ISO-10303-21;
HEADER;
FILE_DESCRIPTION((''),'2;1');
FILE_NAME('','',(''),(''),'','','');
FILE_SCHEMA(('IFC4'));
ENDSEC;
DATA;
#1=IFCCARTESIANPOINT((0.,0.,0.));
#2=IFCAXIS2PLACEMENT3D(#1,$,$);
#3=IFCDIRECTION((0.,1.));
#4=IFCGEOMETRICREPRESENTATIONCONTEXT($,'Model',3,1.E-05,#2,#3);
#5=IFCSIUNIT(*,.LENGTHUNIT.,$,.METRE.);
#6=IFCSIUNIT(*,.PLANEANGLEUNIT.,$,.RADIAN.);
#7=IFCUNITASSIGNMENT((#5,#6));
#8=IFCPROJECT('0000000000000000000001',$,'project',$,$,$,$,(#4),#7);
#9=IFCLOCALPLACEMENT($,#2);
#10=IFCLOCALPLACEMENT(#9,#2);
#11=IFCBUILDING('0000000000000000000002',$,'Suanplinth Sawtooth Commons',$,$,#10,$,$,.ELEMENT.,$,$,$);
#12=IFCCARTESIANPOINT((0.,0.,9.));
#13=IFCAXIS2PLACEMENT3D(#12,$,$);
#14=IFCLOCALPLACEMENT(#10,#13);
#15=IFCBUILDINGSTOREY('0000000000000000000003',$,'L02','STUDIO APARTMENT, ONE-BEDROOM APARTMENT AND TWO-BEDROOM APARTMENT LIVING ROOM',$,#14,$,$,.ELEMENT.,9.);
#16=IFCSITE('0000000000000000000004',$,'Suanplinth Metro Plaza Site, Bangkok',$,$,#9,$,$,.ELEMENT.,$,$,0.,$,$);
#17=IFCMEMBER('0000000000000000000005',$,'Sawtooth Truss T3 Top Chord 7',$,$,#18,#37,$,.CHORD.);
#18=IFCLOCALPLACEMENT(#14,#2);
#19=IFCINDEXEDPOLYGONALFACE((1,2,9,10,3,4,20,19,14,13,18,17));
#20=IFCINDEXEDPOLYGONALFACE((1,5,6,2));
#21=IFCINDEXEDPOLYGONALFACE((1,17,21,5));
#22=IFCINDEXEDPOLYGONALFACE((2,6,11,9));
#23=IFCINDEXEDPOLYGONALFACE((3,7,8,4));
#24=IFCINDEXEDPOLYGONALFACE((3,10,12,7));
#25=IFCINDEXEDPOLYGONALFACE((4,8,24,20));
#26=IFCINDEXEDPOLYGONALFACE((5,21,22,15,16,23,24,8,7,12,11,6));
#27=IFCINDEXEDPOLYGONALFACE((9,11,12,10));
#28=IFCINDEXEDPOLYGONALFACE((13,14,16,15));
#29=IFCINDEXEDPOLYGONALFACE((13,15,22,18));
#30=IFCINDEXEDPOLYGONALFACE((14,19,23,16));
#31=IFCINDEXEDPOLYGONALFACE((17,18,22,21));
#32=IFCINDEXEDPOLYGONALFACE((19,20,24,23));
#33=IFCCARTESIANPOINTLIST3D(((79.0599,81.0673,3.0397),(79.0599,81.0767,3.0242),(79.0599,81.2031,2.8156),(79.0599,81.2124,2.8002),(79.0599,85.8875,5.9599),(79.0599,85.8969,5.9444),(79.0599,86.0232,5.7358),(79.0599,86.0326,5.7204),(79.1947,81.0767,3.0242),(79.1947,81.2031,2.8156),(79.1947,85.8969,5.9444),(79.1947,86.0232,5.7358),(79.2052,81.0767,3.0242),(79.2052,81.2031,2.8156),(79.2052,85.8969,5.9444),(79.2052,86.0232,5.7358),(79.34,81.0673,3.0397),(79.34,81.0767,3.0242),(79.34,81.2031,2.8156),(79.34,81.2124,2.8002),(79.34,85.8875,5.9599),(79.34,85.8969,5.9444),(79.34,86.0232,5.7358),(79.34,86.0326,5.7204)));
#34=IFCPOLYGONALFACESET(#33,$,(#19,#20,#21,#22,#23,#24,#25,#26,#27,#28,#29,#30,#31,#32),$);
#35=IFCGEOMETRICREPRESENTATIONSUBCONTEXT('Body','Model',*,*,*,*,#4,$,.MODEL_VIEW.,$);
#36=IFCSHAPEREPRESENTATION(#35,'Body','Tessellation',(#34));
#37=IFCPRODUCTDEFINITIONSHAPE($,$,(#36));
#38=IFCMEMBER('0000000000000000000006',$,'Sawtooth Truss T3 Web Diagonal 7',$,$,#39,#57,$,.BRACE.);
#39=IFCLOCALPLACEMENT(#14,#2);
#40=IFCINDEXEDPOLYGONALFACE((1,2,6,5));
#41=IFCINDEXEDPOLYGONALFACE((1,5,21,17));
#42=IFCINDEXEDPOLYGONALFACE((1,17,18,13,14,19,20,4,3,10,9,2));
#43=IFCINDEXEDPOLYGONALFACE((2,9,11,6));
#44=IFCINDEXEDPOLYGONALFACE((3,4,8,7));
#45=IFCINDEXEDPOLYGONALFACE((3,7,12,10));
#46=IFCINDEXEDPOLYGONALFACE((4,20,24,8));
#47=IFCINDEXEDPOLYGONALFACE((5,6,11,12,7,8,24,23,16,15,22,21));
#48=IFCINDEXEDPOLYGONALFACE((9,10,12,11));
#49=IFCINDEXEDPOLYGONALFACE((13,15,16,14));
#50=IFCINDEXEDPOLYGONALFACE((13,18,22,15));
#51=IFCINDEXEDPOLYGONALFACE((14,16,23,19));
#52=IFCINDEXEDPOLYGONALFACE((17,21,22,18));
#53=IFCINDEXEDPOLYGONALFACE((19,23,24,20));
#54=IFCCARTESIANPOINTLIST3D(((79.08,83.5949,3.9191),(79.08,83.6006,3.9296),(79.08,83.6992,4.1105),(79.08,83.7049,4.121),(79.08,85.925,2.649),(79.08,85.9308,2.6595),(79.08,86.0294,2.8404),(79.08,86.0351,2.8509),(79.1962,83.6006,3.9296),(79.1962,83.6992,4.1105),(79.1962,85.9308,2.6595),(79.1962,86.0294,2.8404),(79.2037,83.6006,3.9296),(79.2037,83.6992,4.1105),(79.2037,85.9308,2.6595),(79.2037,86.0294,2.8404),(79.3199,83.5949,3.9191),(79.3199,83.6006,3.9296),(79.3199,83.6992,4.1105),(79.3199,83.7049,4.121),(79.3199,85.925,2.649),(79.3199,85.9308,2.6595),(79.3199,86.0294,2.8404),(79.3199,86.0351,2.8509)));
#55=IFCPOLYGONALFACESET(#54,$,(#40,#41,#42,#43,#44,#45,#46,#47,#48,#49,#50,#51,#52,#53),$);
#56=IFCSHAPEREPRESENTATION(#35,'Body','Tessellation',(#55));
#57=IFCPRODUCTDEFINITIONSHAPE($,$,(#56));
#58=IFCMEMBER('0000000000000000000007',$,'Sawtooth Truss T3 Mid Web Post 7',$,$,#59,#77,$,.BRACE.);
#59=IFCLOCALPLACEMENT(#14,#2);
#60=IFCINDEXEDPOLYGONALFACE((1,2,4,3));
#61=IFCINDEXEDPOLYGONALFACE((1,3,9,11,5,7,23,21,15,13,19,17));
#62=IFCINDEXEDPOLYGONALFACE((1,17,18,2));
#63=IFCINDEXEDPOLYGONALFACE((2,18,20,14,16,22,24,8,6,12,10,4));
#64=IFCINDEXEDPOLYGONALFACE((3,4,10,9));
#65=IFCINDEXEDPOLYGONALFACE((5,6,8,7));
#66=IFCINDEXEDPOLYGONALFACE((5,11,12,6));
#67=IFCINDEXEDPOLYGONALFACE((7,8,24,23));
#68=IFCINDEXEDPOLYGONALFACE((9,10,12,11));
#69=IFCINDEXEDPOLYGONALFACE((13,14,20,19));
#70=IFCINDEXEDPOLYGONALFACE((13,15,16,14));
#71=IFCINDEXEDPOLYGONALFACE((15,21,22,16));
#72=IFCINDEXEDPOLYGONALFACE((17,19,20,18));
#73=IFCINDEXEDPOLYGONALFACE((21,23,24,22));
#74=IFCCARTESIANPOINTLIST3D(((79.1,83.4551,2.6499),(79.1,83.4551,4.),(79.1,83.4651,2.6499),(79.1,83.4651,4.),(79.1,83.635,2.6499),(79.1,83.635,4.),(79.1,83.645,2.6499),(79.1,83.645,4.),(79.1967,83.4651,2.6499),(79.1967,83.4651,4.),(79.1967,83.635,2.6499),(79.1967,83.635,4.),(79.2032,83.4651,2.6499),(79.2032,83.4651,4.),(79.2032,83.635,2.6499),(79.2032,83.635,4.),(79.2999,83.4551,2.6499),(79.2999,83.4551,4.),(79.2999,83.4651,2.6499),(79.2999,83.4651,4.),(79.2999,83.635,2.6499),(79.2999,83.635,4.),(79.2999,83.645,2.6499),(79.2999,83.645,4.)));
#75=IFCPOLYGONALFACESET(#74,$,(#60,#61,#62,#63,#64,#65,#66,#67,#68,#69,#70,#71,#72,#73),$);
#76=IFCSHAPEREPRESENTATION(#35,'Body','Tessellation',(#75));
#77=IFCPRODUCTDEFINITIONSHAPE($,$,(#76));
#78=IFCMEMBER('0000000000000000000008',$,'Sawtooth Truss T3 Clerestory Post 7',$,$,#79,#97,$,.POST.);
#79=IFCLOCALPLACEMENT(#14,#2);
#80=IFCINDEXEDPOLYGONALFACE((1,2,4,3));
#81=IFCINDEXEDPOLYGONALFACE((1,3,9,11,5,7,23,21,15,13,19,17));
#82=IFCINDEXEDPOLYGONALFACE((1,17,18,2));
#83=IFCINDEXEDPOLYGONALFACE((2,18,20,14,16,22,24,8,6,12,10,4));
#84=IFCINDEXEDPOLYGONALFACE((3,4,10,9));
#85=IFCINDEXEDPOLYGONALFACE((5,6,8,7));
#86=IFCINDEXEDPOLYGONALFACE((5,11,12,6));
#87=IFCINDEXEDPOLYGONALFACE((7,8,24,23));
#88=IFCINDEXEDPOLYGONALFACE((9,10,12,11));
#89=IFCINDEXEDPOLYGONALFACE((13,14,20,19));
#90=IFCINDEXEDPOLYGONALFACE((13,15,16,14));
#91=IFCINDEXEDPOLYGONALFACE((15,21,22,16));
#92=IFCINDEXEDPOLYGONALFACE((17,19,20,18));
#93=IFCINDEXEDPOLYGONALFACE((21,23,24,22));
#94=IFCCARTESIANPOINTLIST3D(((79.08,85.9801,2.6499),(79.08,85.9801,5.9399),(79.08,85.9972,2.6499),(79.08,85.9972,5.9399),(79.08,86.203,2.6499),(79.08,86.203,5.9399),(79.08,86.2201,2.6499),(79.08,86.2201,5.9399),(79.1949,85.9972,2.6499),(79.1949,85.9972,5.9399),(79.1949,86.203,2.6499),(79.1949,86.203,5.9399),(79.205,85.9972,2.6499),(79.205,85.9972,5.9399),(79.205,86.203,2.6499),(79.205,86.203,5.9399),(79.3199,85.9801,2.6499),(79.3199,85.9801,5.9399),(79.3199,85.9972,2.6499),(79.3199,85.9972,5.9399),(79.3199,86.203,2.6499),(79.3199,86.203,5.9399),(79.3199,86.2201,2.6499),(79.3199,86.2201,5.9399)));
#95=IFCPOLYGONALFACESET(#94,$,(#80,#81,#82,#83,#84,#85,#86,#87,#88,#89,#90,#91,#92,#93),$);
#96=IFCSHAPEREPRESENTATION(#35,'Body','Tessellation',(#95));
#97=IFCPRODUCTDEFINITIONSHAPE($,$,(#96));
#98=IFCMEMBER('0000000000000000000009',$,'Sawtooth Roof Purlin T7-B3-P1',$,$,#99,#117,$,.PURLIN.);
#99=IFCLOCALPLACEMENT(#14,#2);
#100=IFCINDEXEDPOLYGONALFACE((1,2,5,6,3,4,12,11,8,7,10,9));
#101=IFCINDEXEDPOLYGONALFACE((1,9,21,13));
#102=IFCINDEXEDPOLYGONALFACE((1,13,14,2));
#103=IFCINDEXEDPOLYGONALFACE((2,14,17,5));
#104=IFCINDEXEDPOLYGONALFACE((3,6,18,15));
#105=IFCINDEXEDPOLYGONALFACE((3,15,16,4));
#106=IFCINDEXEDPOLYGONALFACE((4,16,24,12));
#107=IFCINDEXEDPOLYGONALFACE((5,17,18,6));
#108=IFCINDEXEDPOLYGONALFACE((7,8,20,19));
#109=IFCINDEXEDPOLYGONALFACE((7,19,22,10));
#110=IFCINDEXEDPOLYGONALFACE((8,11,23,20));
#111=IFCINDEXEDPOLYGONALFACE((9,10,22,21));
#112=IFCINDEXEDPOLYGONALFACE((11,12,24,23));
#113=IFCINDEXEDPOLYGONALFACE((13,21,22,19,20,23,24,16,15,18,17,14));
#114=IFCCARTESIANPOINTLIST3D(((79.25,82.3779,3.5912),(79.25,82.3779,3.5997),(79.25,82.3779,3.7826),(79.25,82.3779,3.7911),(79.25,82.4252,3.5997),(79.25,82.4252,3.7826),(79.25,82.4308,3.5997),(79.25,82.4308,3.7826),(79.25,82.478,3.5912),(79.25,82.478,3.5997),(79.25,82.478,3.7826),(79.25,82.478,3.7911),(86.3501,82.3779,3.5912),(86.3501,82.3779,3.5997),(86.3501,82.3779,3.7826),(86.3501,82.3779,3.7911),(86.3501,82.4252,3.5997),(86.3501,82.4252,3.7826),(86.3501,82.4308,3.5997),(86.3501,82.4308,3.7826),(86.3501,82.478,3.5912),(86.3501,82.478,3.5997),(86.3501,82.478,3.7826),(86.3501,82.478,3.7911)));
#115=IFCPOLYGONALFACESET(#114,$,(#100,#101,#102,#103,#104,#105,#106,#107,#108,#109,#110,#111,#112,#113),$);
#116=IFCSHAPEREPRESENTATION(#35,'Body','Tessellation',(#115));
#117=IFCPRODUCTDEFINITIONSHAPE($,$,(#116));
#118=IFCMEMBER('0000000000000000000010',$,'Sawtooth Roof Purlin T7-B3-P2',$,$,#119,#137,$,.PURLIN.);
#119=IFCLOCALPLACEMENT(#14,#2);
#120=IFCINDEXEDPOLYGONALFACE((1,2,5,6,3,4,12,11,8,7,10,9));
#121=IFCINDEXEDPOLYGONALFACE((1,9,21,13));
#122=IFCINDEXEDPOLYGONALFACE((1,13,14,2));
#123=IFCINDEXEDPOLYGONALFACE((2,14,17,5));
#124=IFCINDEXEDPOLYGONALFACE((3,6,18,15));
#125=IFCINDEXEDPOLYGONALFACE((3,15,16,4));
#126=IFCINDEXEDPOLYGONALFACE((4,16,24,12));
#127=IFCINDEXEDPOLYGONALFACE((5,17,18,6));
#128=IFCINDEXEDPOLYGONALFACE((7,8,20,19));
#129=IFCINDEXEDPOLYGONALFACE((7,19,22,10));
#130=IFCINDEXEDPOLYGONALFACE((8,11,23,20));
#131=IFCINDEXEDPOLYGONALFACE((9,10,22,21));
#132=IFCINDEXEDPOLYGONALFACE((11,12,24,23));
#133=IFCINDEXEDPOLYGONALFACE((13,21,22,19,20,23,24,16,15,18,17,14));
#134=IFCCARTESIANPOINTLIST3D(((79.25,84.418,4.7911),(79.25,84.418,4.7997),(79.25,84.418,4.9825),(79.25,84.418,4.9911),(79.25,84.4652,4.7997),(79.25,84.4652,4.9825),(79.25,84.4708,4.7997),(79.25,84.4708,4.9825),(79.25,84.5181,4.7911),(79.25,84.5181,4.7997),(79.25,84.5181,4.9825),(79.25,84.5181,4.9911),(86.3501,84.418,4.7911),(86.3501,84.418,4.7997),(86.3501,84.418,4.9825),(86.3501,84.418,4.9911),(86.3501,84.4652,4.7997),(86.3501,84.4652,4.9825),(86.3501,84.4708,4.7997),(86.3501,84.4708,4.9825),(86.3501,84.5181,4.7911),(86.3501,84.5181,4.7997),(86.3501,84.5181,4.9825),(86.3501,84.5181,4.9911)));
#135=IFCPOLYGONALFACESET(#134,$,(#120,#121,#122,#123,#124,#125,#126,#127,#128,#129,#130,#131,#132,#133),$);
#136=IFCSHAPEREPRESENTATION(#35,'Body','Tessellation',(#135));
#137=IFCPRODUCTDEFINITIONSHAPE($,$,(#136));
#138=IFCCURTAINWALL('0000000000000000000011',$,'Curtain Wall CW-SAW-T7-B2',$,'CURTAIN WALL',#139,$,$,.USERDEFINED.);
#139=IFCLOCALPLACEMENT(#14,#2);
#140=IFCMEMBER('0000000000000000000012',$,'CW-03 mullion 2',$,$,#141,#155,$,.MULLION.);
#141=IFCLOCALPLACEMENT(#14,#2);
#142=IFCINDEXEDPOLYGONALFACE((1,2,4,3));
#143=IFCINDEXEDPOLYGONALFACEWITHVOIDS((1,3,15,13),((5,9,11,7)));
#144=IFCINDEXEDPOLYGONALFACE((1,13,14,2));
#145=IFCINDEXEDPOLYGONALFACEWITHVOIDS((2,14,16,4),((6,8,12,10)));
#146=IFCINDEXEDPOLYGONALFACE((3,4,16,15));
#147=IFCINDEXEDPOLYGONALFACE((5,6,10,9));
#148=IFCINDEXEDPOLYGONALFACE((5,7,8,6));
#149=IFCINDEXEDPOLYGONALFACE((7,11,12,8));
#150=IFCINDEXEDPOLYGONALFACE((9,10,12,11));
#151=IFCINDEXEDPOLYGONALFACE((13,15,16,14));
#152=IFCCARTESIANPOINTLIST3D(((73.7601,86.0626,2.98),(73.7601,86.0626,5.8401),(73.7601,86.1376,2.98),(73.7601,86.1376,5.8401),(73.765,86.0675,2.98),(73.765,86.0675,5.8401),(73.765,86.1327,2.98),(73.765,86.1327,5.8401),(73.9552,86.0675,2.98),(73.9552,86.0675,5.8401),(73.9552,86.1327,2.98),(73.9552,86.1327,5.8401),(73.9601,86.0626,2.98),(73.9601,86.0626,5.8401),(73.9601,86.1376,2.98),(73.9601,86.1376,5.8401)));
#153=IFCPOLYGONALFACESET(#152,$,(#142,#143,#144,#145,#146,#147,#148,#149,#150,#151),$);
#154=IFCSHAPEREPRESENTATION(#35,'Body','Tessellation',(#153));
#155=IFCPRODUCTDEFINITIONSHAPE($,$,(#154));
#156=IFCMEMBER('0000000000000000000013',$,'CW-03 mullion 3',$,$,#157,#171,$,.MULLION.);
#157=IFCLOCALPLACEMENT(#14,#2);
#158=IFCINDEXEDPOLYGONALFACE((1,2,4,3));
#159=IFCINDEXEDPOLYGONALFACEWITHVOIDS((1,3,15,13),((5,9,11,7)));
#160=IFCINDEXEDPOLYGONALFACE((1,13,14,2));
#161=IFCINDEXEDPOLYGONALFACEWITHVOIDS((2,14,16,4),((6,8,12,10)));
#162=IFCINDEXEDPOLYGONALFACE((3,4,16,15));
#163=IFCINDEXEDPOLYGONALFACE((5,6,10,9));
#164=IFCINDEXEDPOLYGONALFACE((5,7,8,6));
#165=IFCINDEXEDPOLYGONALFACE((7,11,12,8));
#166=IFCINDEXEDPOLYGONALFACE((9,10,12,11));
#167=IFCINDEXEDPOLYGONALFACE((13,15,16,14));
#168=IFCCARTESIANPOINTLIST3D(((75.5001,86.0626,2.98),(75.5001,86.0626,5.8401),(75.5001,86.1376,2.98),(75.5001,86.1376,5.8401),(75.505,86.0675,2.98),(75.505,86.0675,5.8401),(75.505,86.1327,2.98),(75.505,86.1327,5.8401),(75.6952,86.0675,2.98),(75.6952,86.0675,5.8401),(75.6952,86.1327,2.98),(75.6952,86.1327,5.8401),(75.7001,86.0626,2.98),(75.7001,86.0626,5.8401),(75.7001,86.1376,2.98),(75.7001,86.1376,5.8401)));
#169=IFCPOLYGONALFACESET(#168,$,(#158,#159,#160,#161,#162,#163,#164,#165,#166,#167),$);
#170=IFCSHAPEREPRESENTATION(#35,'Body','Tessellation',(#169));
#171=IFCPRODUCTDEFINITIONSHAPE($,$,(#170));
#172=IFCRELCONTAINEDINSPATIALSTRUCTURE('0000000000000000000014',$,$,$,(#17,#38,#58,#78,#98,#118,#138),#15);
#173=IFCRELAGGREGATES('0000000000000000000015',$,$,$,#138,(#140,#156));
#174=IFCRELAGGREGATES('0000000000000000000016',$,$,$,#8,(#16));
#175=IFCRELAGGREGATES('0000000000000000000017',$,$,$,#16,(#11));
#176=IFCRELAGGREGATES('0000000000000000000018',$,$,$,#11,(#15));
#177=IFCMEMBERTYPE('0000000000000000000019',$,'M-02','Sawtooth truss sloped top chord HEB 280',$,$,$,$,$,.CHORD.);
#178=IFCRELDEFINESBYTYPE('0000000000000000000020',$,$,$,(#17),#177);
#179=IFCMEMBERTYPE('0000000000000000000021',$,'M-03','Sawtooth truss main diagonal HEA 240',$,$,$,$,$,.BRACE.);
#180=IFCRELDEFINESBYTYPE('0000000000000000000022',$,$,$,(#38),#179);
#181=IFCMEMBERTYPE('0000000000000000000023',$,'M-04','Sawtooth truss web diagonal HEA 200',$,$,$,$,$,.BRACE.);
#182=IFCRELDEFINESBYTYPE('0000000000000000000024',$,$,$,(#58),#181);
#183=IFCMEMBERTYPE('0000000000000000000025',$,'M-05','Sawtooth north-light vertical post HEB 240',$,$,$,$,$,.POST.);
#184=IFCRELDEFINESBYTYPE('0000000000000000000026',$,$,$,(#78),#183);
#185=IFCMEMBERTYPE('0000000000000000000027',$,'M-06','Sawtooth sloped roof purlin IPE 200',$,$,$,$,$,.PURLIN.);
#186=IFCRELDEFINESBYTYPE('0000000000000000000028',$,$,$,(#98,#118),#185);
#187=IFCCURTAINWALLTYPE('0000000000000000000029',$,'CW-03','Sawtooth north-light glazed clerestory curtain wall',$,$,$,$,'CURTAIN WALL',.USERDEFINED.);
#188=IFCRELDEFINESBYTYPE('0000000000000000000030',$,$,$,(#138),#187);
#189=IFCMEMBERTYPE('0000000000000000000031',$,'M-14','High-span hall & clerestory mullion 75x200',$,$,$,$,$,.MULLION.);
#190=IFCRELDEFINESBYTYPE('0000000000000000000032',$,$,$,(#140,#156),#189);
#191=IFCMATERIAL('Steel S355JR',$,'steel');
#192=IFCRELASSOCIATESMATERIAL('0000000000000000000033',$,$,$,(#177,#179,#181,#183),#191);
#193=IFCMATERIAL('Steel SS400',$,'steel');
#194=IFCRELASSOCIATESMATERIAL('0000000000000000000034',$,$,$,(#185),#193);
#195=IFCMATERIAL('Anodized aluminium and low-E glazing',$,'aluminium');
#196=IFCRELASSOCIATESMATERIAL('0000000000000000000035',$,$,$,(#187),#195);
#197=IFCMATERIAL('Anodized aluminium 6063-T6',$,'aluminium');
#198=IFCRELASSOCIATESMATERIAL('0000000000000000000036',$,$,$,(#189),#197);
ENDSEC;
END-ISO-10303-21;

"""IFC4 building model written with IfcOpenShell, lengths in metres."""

from ifc_helpers import new_model, si_unit, direction, frame, origin, origin_2d, place, context, subcontext, project, spatial, hollow_rectangle, i_section, extrude, material, material_profile, profile_set, type_object, element, aggregate, save


model = new_model("IFC4")

# Units and contexts
model_context = context("Model", 3, precision=1e-05, world=origin(), true_north=direction((0.0, 1.0)))
body_context = subcontext(model_context, "Body", "Model", "MODEL_VIEW")
ifc_project = project(units=[si_unit("LENGTHUNIT", "METRE"), si_unit("PLANEANGLEUNIT", "RADIAN")], contexts=[model_context])

# Site, building, storey
site_placement = place(None, origin())
site = spatial("IfcSite", under=ifc_project, at=site_placement, Name="Suanplinth Metro Plaza Site, Bangkok", CompositionType="ELEMENT", RefElevation=0.0)
building_placement = place(site_placement, origin())
building = spatial("IfcBuilding", under=site, at=building_placement, Name="Suanplinth Sawtooth Commons", CompositionType="ELEMENT")
storey_placement = place(building_placement, frame((0.0, 0.0, 9.0)))
storey = spatial("IfcBuildingStorey", under=building, at=storey_placement, Name="L02", Description="STUDIO APARTMENT, ONE-BEDROOM APARTMENT AND TWO-BEDROOM APARTMENT LIVING ROOM", CompositionType="ELEMENT", Elevation=9.0)

# Members
ifc_material_1 = material(Name="Steel S355JR", Category="steel")
ifc_material_profile_1 = material_profile(ifc_material_1, i_section(OverallWidth=0.28, OverallDepth=0.28, WebThickness=0.0105, FlangeThickness=0.0181, at=origin_2d()), Name="HEB 280")
ifc_profile_set_1 = profile_set([ifc_material_profile_1], Name="Steel S355JR")
member_type_1 = type_object("IfcMemberType", Name="M-02", Description="Sawtooth truss sloped top chord HEB 280", PredefinedType="CHORD", material=ifc_profile_set_1)
member_1_placement = place(storey_placement, frame((79.2, 81.1399, 2.9199), z_axis=(0.0, 0.855283, 0.518161), x_axis=(-1.0, 0.0, 0.0)))
element("IfcMember", 1, at=member_1_placement, inside=storey, type_object=member_type_1, Name="Sawtooth Truss T3 Top Chord 7", PredefinedType="CHORD", context=body_context, shape_type="SweptSolid", body=[
    extrude(i_section(OverallWidth=0.28, OverallDepth=0.28, WebThickness=0.0105, FlangeThickness=0.0181, at=origin_2d()), origin(), (0.0, 0.0, 1.0), 5.6357),
])
ifc_material_profile_2 = material_profile(ifc_material_1, i_section(OverallWidth=0.24, OverallDepth=0.23, WebThickness=0.0076, FlangeThickness=0.012, at=origin_2d()), Name="HEA 240")
ifc_profile_set_2 = profile_set([ifc_material_profile_2], Name="Steel S355JR")
member_type_2 = type_object("IfcMemberType", Name="M-03", Description="Sawtooth truss main diagonal HEA 240", PredefinedType="BRACE", material=ifc_profile_set_2)
member_2_placement = place(storey_placement, frame((79.2, 83.6499, 4.02), z_axis=(0.0, 0.878043, -0.478581), x_axis=(-1.0, 0.0, 0.0)))
element("IfcMember", 2, at=member_2_placement, inside=storey, type_object=member_type_2, Name="Sawtooth Truss T3 Web Diagonal 7", PredefinedType="BRACE", context=body_context, shape_type="SweptSolid", body=[
    extrude(i_section(OverallWidth=0.24, OverallDepth=0.23, WebThickness=0.0076, FlangeThickness=0.012, at=origin_2d()), origin(), (0.0, 0.0, 1.0), 2.6538),
])
ifc_material_profile_3 = material_profile(ifc_material_1, i_section(OverallWidth=0.2, OverallDepth=0.1899, WebThickness=0.0066, FlangeThickness=0.01, at=origin_2d()), Name="HEA 200")
ifc_profile_set_3 = profile_set([ifc_material_profile_3], Name="Steel S355JR")
member_type_3 = type_object("IfcMemberType", Name="M-04", Description="Sawtooth truss web diagonal HEA 200", PredefinedType="BRACE", material=ifc_profile_set_3)
member_3_placement = place(storey_placement, frame((79.2, 83.55, 2.6499), z_axis=(0.0, 0.0, 1.0), x_axis=(1.0, 0.0, 0.0)))
element("IfcMember", 3, at=member_3_placement, inside=storey, type_object=member_type_3, Name="Sawtooth Truss T3 Mid Web Post 7", PredefinedType="BRACE", context=body_context, shape_type="SweptSolid", body=[
    extrude(i_section(OverallWidth=0.2, OverallDepth=0.1899, WebThickness=0.0066, FlangeThickness=0.01, at=origin_2d()), origin(), (0.0, 0.0, 1.0), 1.3501),
])
ifc_material_profile_4 = material_profile(ifc_material_1, i_section(OverallWidth=0.24, OverallDepth=0.24, WebThickness=0.01, FlangeThickness=0.0171, at=origin_2d()), Name="HEB 240")
ifc_profile_set_4 = profile_set([ifc_material_profile_4], Name="Steel S355JR")
member_type_4 = type_object("IfcMemberType", Name="M-05", Description="Sawtooth north-light vertical post HEB 240", PredefinedType="POST", material=ifc_profile_set_4)
member_4_placement = place(storey_placement, frame((79.2, 86.1001, 2.6499), z_axis=(0.0, 0.0, 1.0), x_axis=(1.0, 0.0, 0.0)))
element("IfcMember", 4, at=member_4_placement, inside=storey, type_object=member_type_4, Name="Sawtooth Truss T3 Clerestory Post 7", PredefinedType="POST", context=body_context, shape_type="SweptSolid", body=[
    extrude(i_section(OverallWidth=0.24, OverallDepth=0.24, WebThickness=0.01, FlangeThickness=0.0171, at=origin_2d()), origin(), (0.0, 0.0, 1.0), 3.29),
])
ifc_material_2 = material(Name="Steel SS400", Category="steel")
ifc_material_profile_5 = material_profile(ifc_material_2, i_section(OverallWidth=0.1001, OverallDepth=0.2, WebThickness=0.0056, FlangeThickness=0.0085, at=origin_2d()), Name="IPE 200")
ifc_profile_set_5 = profile_set([ifc_material_profile_5], Name="Steel SS400")
member_type_5 = type_object("IfcMemberType", Name="M-06", Description="Sawtooth sloped roof purlin IPE 200", PredefinedType="PURLIN", material=ifc_profile_set_5)
for number, where, z_axis, x_axis, name in (
    (5, (79.25, 82.428, 3.6912), (1.0, 0.0, 0.0), (0.0, 1.0, 0.0), "Sawtooth Roof Purlin T7-B3-P1"),
    (6, (79.25, 84.468, 4.8911), (1.0, 0.0, 0.0), (0.0, 1.0, 0.0), "Sawtooth Roof Purlin T7-B3-P2"),
):
    element("IfcMember", number, at=place(storey_placement, frame(where, z_axis=z_axis, x_axis=x_axis)), inside=storey, type_object=member_type_5, Name=name, PredefinedType="PURLIN", context=body_context, shape_type="SweptSolid", body=[
        extrude(i_section(OverallWidth=0.1001, OverallDepth=0.2, WebThickness=0.0056, FlangeThickness=0.0085, at=origin_2d()), origin(), (0.0, 0.0, 1.0), 7.1001),
    ])

# Curtain wall, members
ifc_material_3 = material(Name="Anodized aluminium and low-E glazing", Category="aluminium")
curtain_wall_type = type_object("IfcCurtainWallType", Name="CW-03", Description="Sawtooth north-light glazed clerestory curtain wall", ElementType="CURTAIN WALL", PredefinedType="USERDEFINED", material=ifc_material_3)
curtain_wall_1_placement = place(storey_placement, origin())
curtain_wall_1 = element("IfcCurtainWall", 7, at=curtain_wall_1_placement, inside=storey, type_object=curtain_wall_type, Name="Curtain Wall CW-SAW-T7-B2", ObjectType="CURTAIN WALL", PredefinedType="USERDEFINED")
ifc_material_4 = material(Name="Anodized aluminium 6063-T6", Category="aluminium")
ifc_material_profile_6 = material_profile(ifc_material_4, hollow_rectangle(XDim=0.075, YDim=0.2, WallThickness=0.0049, at=origin_2d()), Name="ALU-MUL 75x200")
ifc_profile_set_6 = profile_set([ifc_material_profile_6], Name="Anodized aluminium 6063-T6")
member_type_6 = type_object("IfcMemberType", Name="M-14", Description="High-span hall & clerestory mullion 75x200", PredefinedType="MULLION", material=ifc_profile_set_6)
member_5_placement = place(storey_placement, frame((73.8601, 86.1001, 2.98), z_axis=(0.0, 0.0, 1.0), x_axis=(0.0, 1.0, 0.0)))
member_5 = element("IfcMember", 8, at=member_5_placement, type_object=member_type_6, Name="CW-03 mullion 2", PredefinedType="MULLION", context=body_context, shape_type="SweptSolid", body=[
    extrude(hollow_rectangle(XDim=0.075, YDim=0.2, WallThickness=0.0049, at=origin_2d()), origin(), (0.0, 0.0, 1.0), 2.8601),
])
member_6_placement = place(storey_placement, frame((75.6001, 86.1001, 2.98), z_axis=(0.0, 0.0, 1.0), x_axis=(0.0, 1.0, 0.0)))
member_6 = element("IfcMember", 9, at=member_6_placement, type_object=member_type_6, Name="CW-03 mullion 3", PredefinedType="MULLION", context=body_context, shape_type="SweptSolid", body=[
    extrude(hollow_rectangle(XDim=0.075, YDim=0.2, WallThickness=0.0049, at=origin_2d()), origin(), (0.0, 0.0, 1.0), 2.8601),
])

aggregate(curtain_wall_1, [member_5, member_6])

save(model, "model.ifc")
